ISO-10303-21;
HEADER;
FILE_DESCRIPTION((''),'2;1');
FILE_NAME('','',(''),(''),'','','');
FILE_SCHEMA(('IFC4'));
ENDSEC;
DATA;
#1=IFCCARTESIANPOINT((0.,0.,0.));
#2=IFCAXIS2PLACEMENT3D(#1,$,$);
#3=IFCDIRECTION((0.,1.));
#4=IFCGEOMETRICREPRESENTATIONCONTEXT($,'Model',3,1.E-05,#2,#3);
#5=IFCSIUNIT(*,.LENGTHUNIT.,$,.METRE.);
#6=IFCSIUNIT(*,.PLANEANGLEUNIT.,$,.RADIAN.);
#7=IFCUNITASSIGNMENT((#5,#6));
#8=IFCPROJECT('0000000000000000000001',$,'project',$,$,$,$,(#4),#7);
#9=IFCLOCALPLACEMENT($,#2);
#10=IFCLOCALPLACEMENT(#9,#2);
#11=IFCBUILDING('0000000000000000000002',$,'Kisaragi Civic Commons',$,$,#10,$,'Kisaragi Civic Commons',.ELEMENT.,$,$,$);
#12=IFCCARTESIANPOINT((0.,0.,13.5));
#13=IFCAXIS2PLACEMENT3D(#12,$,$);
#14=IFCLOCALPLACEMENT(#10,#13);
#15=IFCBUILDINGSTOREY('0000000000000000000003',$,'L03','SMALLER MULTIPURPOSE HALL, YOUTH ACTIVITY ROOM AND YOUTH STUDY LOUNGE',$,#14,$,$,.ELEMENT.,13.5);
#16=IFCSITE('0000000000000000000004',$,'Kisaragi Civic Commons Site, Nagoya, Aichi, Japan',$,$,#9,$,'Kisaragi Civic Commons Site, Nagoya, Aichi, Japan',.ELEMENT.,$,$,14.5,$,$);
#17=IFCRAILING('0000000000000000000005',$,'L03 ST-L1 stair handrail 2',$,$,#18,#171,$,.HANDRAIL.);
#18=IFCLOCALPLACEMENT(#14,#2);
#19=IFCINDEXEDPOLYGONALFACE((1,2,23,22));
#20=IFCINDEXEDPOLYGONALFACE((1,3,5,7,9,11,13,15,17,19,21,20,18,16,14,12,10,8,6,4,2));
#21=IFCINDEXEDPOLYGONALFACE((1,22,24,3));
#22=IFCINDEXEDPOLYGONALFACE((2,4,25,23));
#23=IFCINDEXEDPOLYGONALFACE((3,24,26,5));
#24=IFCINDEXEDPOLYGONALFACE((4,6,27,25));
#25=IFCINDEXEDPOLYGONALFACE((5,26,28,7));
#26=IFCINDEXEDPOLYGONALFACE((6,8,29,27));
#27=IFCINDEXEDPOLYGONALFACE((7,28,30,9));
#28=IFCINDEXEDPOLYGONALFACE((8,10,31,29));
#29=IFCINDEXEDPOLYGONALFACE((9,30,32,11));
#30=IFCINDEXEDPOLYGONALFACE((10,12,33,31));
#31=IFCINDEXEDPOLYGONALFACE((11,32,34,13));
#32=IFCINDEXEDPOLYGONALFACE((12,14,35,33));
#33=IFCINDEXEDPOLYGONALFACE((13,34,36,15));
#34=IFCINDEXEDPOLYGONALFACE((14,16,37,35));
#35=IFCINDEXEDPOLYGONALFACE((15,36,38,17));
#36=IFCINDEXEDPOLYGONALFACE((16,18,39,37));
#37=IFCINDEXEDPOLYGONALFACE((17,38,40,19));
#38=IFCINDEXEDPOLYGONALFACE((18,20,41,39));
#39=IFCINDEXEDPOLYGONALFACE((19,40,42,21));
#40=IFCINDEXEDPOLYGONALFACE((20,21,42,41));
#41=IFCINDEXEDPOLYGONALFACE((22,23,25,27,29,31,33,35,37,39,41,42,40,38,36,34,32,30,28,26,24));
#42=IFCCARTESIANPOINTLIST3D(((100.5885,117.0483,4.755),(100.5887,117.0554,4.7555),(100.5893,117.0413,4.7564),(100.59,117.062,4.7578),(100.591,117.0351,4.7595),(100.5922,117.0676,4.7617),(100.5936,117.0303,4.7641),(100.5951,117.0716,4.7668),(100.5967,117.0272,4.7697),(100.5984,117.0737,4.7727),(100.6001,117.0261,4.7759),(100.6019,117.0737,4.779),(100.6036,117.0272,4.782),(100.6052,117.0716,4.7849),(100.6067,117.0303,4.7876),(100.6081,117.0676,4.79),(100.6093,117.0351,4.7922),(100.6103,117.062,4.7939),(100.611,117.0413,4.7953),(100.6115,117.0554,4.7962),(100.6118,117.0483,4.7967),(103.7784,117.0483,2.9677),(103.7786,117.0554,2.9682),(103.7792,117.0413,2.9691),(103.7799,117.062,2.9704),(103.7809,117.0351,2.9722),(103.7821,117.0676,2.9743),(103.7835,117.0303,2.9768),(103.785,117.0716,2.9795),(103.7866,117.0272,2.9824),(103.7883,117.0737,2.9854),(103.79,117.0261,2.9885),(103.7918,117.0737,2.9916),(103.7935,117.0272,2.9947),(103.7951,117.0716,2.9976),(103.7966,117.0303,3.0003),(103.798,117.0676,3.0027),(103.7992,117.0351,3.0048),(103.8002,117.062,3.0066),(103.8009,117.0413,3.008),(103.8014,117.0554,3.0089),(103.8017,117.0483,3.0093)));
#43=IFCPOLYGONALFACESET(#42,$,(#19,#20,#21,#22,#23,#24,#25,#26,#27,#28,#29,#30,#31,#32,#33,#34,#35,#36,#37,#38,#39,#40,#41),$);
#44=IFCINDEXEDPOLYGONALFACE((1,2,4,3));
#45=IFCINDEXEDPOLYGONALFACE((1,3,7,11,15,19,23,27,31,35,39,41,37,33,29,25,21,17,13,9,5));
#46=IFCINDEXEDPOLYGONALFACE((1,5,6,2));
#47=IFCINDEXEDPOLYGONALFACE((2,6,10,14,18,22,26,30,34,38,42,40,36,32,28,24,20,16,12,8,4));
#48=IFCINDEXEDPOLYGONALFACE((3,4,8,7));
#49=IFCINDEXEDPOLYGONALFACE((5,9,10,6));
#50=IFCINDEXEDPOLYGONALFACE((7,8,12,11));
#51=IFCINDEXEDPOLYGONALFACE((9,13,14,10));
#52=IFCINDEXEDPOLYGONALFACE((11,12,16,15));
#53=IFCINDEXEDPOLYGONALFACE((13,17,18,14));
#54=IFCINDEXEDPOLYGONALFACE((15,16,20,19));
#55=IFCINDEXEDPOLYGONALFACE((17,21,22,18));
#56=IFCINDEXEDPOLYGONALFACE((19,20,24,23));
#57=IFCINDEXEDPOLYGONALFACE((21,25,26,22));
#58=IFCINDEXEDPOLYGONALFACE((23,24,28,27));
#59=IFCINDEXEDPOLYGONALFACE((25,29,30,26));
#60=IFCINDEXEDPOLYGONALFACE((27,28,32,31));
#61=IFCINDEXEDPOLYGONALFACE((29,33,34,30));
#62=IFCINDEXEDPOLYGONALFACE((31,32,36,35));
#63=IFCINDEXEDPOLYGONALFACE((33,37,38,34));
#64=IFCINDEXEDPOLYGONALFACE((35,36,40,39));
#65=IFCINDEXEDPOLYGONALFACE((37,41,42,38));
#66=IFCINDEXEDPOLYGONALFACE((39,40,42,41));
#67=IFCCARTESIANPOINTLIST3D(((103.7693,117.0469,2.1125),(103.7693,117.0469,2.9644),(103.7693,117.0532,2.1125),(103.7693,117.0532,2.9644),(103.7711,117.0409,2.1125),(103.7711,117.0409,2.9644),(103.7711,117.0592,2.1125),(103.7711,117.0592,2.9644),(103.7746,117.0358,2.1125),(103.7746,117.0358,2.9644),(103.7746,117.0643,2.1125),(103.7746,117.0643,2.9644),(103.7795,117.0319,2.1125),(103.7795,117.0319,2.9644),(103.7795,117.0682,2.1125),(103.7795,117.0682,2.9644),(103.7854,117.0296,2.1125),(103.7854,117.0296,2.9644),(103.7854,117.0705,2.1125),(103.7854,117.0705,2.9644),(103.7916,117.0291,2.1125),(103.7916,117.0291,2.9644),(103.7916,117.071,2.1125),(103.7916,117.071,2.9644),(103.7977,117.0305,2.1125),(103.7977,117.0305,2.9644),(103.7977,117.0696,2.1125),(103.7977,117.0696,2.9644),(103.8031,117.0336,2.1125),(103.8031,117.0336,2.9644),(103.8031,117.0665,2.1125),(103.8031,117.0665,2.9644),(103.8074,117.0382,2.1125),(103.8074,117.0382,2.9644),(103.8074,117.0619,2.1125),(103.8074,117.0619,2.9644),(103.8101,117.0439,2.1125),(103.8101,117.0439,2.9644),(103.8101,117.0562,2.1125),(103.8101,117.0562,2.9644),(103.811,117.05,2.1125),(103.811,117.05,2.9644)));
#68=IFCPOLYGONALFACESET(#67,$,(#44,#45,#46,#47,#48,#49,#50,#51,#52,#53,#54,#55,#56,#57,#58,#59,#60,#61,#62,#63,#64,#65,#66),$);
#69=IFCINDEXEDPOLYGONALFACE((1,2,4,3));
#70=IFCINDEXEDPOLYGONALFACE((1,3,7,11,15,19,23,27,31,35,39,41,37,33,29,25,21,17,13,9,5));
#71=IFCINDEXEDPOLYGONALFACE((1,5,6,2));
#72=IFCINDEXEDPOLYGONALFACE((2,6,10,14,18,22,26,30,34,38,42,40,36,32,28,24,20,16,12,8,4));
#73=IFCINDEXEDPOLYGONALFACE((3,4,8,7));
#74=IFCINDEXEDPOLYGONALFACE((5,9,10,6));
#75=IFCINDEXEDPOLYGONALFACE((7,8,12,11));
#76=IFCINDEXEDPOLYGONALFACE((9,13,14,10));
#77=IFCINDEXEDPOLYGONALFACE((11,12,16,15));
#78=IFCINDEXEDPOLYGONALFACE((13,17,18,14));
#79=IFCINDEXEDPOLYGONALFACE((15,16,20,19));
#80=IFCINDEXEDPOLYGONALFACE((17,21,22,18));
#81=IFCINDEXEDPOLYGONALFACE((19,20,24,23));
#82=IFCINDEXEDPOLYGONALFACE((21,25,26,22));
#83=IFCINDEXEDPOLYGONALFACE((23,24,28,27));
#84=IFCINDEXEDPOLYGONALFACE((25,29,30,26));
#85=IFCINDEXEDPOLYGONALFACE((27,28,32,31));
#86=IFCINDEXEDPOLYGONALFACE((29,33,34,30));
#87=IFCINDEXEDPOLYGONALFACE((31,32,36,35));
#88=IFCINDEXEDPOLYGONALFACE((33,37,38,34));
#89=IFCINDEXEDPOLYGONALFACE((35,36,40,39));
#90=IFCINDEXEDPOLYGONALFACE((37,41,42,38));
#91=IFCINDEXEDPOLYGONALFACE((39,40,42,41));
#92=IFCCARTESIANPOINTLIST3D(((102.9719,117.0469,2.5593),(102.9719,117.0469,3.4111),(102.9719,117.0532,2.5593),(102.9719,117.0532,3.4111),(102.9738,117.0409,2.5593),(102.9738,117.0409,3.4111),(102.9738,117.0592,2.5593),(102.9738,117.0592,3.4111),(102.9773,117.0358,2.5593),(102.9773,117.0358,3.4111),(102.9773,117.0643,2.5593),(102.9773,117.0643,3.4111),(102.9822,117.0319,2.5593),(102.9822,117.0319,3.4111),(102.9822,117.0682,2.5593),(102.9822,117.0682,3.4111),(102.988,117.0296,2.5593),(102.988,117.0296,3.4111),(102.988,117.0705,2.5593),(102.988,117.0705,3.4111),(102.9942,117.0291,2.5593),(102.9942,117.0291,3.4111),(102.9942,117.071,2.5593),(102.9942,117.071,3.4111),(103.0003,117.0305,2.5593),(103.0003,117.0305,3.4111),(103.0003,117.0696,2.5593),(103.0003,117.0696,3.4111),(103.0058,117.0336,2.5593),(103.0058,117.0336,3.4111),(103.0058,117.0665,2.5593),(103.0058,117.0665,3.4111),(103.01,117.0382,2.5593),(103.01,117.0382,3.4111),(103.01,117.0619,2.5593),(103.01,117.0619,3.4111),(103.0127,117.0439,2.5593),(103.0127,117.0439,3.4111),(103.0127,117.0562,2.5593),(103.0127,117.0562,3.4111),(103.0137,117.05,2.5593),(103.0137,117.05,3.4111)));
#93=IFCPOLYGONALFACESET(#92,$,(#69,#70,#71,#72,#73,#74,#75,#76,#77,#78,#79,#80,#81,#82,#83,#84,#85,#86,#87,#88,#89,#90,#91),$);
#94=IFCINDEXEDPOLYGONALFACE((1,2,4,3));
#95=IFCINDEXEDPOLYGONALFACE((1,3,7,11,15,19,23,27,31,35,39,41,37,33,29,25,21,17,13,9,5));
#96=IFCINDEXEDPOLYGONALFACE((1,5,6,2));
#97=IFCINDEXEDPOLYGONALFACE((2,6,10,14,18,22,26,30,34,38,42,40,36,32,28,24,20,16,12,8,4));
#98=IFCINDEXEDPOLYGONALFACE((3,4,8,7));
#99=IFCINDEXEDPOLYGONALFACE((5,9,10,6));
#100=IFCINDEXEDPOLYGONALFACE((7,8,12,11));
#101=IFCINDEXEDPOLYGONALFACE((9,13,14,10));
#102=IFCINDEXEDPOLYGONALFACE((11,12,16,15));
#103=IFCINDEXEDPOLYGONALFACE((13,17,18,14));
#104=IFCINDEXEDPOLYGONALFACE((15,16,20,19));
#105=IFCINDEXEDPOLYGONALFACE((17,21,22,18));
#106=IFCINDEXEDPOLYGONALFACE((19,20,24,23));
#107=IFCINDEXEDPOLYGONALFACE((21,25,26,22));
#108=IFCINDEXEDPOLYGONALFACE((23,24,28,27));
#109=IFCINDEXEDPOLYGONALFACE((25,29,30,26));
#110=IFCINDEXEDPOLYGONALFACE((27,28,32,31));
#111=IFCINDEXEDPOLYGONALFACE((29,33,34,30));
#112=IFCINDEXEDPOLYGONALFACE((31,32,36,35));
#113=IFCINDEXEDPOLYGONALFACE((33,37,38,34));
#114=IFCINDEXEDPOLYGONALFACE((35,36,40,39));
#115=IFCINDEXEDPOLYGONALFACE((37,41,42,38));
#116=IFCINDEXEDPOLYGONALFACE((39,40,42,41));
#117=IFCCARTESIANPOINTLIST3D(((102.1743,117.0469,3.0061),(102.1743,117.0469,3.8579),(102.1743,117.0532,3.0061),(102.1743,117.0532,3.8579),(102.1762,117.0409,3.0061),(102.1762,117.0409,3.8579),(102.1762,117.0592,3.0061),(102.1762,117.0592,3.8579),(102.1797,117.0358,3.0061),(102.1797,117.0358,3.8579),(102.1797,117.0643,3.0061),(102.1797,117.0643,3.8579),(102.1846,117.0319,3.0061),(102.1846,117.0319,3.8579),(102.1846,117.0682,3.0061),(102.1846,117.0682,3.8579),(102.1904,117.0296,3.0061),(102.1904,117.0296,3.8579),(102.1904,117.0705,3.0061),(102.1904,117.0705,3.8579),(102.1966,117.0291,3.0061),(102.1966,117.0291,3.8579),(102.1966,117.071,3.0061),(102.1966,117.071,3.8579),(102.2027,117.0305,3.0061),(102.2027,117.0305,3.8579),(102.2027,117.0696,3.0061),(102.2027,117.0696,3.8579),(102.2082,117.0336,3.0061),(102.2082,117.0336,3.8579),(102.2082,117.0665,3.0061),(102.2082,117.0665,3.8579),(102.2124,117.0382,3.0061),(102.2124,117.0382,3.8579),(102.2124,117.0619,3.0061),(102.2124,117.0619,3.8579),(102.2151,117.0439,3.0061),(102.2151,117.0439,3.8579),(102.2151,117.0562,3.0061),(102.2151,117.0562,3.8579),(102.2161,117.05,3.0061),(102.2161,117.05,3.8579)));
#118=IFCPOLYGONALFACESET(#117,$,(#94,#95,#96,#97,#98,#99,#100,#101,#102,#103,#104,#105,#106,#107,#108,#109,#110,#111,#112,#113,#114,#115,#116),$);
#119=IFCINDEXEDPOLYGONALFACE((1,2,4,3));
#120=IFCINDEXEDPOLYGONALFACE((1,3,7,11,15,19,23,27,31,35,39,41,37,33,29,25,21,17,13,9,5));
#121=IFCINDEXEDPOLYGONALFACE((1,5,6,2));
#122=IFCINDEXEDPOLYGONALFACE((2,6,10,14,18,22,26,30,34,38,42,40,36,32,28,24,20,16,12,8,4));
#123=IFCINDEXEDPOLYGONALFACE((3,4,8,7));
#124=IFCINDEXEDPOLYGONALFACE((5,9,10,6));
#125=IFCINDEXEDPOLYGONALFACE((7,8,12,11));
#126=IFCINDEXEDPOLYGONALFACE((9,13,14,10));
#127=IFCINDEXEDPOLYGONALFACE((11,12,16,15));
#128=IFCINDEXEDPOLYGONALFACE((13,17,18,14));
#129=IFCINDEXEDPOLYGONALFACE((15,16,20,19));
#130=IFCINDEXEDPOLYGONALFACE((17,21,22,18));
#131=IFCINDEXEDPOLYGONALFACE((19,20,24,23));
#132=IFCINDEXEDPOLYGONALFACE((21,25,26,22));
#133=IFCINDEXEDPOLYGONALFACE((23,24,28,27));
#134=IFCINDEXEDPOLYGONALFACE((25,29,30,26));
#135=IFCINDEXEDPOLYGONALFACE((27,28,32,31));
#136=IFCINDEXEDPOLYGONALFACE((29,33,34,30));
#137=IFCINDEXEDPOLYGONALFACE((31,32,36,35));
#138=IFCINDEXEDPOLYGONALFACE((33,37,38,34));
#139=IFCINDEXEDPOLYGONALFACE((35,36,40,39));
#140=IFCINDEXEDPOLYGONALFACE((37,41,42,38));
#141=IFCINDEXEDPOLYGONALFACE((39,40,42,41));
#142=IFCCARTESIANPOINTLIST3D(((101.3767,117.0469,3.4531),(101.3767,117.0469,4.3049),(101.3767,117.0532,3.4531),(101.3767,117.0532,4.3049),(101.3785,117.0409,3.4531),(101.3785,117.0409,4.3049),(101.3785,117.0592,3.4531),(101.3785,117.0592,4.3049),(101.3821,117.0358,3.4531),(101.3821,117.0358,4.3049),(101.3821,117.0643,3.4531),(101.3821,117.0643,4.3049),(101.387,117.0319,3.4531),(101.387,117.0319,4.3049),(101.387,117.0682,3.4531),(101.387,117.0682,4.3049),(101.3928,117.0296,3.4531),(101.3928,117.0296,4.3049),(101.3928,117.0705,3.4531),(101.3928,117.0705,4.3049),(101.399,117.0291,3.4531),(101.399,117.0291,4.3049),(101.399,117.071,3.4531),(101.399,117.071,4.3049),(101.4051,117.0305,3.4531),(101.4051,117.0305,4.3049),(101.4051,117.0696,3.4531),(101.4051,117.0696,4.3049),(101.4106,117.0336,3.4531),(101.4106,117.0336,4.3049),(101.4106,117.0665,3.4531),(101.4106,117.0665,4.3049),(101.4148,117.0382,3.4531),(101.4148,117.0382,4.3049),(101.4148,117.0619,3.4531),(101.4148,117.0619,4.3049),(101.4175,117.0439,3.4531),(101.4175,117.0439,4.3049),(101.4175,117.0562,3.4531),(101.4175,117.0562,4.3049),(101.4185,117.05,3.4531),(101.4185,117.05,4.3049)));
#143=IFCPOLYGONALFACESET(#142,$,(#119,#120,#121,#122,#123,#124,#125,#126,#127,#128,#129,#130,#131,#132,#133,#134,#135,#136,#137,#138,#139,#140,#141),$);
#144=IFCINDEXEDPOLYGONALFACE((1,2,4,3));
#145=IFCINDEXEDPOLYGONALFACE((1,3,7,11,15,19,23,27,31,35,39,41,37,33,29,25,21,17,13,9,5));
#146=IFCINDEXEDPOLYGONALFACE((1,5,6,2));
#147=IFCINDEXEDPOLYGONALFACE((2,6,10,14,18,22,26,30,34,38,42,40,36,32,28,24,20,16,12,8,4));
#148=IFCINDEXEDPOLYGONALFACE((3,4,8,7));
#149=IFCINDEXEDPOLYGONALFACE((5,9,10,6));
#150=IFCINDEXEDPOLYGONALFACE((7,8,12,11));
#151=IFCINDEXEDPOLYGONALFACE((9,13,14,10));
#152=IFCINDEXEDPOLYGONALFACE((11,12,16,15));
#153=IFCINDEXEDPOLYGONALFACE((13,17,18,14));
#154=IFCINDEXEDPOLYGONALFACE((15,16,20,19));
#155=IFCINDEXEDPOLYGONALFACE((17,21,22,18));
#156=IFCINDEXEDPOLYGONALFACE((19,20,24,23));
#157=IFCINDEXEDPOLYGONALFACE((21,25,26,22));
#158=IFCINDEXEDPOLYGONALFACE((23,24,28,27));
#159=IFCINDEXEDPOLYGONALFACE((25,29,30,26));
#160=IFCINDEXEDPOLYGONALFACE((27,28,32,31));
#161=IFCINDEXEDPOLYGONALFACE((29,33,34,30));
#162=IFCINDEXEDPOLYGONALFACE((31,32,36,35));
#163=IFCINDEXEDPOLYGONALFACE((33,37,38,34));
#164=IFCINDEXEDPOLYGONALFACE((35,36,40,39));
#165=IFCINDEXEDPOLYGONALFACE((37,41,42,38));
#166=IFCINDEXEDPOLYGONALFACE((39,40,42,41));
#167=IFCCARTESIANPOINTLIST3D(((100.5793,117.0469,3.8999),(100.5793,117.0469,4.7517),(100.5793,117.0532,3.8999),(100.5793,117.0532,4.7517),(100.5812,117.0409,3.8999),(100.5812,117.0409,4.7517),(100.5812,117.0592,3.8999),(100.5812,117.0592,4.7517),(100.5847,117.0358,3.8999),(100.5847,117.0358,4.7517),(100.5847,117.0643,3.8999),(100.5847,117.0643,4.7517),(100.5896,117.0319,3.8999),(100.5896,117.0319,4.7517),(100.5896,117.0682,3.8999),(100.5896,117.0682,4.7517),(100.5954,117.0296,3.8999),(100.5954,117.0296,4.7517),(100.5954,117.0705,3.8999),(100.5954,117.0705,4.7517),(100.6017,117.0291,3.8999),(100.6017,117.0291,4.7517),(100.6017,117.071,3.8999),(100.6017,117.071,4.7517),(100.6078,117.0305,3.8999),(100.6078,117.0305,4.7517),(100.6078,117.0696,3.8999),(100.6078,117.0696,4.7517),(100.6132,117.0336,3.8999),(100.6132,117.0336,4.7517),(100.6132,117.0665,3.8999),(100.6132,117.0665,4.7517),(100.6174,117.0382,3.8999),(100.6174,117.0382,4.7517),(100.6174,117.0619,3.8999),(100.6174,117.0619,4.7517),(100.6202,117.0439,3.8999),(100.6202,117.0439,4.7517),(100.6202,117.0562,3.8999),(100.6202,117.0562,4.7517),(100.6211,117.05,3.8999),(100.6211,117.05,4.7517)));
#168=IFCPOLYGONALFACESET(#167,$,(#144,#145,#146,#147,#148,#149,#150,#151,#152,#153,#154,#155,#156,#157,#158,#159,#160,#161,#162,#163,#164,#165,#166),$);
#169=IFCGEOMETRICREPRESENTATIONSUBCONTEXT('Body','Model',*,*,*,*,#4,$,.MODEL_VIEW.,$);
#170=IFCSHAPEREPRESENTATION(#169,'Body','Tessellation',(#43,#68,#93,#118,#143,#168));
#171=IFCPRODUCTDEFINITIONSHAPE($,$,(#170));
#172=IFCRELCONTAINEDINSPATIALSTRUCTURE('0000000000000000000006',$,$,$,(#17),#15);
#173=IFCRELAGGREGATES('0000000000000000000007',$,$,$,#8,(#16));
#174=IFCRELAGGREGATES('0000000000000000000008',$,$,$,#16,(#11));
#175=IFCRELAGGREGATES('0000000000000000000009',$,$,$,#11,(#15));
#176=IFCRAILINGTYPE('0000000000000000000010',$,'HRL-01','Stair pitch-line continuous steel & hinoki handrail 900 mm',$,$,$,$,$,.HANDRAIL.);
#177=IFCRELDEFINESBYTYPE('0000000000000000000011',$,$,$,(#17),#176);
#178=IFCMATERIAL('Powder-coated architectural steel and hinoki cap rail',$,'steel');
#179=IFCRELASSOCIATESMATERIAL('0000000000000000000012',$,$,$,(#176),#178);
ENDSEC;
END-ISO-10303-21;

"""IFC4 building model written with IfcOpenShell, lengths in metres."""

from ifc_helpers import new_model, si_unit, direction, frame, origin, origin_2d, place, context, subcontext, project, spatial, circle, extrude, material, type_object, element, save


model = new_model("IFC4")

# Units and contexts
model_context = context("Model", 3, precision=1e-05, world=origin(), true_north=direction((0.0, 1.0)))
body_context = subcontext(model_context, "Body", "Model", "MODEL_VIEW")
ifc_project = project(units=[si_unit("LENGTHUNIT", "METRE"), si_unit("PLANEANGLEUNIT", "RADIAN")], contexts=[model_context])

# Site, building, storey
site_placement = place(None, origin())
site = spatial("IfcSite", under=ifc_project, at=site_placement, Name="Kisaragi Civic Commons Site, Nagoya, Aichi, Japan", LongName="Kisaragi Civic Commons Site, Nagoya, Aichi, Japan", CompositionType="ELEMENT", RefElevation=14.5)
building_placement = place(site_placement, origin())
building = spatial("IfcBuilding", under=site, at=building_placement, Name="Kisaragi Civic Commons", LongName="Kisaragi Civic Commons", CompositionType="ELEMENT")
storey_placement = place(building_placement, frame((0.0, 0.0, 13.5)))
storey = spatial("IfcBuildingStorey", under=building, at=storey_placement, Name="L03", Description="SMALLER MULTIPURPOSE HALL, YOUTH ACTIVITY ROOM AND YOUTH STUDY LOUNGE", CompositionType="ELEMENT", Elevation=13.5)

# Railing
ifc_material_1 = material(Name="Powder-coated architectural steel and hinoki cap rail", Category="steel")
railing_type_1 = type_object("IfcRailingType", Name="HRL-01", Description="Stair pitch-line continuous steel & hinoki handrail 900 mm", PredefinedType="HANDRAIL", material=ifc_material_1)
railing_1_placement = place(storey_placement, frame((103.79, 117.05, 2.1125)))
element("IfcRailing", 1, at=railing_1_placement, inside=storey, type_object=railing_type_1, Name="L03 ST-L1 stair handrail 2", PredefinedType="HANDRAIL", context=body_context, shape_type="SweptSolid", body=[
    extrude(circle(Radius=0.0239, at=origin_2d()), frame((0.0, 0.0, 0.876), z_axis=(-0.872391, 0.0, 0.488809), x_axis=(0.0, -1.0, 0.0)), (0.0, 0.0, 1.0), 3.6565),
    extrude(circle(Radius=0.021, at=origin_2d()), origin(), (0.0, 0.0, 1.0), 0.8518),
    extrude(circle(Radius=0.021, at=origin_2d()), frame((-0.7974, 0.0, 0.4468)), (0.0, 0.0, 1.0), 0.8518),
    extrude(circle(Radius=0.021, at=origin_2d()), frame((-1.595, 0.0, 0.8936)), (0.0, 0.0, 1.0), 0.8518),
    extrude(circle(Radius=0.021, at=origin_2d()), frame((-2.3926, 0.0, 1.3406)), (0.0, 0.0, 1.0), 0.8518),
    extrude(circle(Radius=0.021, at=origin_2d()), frame((-3.1899, 0.0, 1.7874)), (0.0, 0.0, 1.0), 0.8518),
])

save(model, "model.ifc")
